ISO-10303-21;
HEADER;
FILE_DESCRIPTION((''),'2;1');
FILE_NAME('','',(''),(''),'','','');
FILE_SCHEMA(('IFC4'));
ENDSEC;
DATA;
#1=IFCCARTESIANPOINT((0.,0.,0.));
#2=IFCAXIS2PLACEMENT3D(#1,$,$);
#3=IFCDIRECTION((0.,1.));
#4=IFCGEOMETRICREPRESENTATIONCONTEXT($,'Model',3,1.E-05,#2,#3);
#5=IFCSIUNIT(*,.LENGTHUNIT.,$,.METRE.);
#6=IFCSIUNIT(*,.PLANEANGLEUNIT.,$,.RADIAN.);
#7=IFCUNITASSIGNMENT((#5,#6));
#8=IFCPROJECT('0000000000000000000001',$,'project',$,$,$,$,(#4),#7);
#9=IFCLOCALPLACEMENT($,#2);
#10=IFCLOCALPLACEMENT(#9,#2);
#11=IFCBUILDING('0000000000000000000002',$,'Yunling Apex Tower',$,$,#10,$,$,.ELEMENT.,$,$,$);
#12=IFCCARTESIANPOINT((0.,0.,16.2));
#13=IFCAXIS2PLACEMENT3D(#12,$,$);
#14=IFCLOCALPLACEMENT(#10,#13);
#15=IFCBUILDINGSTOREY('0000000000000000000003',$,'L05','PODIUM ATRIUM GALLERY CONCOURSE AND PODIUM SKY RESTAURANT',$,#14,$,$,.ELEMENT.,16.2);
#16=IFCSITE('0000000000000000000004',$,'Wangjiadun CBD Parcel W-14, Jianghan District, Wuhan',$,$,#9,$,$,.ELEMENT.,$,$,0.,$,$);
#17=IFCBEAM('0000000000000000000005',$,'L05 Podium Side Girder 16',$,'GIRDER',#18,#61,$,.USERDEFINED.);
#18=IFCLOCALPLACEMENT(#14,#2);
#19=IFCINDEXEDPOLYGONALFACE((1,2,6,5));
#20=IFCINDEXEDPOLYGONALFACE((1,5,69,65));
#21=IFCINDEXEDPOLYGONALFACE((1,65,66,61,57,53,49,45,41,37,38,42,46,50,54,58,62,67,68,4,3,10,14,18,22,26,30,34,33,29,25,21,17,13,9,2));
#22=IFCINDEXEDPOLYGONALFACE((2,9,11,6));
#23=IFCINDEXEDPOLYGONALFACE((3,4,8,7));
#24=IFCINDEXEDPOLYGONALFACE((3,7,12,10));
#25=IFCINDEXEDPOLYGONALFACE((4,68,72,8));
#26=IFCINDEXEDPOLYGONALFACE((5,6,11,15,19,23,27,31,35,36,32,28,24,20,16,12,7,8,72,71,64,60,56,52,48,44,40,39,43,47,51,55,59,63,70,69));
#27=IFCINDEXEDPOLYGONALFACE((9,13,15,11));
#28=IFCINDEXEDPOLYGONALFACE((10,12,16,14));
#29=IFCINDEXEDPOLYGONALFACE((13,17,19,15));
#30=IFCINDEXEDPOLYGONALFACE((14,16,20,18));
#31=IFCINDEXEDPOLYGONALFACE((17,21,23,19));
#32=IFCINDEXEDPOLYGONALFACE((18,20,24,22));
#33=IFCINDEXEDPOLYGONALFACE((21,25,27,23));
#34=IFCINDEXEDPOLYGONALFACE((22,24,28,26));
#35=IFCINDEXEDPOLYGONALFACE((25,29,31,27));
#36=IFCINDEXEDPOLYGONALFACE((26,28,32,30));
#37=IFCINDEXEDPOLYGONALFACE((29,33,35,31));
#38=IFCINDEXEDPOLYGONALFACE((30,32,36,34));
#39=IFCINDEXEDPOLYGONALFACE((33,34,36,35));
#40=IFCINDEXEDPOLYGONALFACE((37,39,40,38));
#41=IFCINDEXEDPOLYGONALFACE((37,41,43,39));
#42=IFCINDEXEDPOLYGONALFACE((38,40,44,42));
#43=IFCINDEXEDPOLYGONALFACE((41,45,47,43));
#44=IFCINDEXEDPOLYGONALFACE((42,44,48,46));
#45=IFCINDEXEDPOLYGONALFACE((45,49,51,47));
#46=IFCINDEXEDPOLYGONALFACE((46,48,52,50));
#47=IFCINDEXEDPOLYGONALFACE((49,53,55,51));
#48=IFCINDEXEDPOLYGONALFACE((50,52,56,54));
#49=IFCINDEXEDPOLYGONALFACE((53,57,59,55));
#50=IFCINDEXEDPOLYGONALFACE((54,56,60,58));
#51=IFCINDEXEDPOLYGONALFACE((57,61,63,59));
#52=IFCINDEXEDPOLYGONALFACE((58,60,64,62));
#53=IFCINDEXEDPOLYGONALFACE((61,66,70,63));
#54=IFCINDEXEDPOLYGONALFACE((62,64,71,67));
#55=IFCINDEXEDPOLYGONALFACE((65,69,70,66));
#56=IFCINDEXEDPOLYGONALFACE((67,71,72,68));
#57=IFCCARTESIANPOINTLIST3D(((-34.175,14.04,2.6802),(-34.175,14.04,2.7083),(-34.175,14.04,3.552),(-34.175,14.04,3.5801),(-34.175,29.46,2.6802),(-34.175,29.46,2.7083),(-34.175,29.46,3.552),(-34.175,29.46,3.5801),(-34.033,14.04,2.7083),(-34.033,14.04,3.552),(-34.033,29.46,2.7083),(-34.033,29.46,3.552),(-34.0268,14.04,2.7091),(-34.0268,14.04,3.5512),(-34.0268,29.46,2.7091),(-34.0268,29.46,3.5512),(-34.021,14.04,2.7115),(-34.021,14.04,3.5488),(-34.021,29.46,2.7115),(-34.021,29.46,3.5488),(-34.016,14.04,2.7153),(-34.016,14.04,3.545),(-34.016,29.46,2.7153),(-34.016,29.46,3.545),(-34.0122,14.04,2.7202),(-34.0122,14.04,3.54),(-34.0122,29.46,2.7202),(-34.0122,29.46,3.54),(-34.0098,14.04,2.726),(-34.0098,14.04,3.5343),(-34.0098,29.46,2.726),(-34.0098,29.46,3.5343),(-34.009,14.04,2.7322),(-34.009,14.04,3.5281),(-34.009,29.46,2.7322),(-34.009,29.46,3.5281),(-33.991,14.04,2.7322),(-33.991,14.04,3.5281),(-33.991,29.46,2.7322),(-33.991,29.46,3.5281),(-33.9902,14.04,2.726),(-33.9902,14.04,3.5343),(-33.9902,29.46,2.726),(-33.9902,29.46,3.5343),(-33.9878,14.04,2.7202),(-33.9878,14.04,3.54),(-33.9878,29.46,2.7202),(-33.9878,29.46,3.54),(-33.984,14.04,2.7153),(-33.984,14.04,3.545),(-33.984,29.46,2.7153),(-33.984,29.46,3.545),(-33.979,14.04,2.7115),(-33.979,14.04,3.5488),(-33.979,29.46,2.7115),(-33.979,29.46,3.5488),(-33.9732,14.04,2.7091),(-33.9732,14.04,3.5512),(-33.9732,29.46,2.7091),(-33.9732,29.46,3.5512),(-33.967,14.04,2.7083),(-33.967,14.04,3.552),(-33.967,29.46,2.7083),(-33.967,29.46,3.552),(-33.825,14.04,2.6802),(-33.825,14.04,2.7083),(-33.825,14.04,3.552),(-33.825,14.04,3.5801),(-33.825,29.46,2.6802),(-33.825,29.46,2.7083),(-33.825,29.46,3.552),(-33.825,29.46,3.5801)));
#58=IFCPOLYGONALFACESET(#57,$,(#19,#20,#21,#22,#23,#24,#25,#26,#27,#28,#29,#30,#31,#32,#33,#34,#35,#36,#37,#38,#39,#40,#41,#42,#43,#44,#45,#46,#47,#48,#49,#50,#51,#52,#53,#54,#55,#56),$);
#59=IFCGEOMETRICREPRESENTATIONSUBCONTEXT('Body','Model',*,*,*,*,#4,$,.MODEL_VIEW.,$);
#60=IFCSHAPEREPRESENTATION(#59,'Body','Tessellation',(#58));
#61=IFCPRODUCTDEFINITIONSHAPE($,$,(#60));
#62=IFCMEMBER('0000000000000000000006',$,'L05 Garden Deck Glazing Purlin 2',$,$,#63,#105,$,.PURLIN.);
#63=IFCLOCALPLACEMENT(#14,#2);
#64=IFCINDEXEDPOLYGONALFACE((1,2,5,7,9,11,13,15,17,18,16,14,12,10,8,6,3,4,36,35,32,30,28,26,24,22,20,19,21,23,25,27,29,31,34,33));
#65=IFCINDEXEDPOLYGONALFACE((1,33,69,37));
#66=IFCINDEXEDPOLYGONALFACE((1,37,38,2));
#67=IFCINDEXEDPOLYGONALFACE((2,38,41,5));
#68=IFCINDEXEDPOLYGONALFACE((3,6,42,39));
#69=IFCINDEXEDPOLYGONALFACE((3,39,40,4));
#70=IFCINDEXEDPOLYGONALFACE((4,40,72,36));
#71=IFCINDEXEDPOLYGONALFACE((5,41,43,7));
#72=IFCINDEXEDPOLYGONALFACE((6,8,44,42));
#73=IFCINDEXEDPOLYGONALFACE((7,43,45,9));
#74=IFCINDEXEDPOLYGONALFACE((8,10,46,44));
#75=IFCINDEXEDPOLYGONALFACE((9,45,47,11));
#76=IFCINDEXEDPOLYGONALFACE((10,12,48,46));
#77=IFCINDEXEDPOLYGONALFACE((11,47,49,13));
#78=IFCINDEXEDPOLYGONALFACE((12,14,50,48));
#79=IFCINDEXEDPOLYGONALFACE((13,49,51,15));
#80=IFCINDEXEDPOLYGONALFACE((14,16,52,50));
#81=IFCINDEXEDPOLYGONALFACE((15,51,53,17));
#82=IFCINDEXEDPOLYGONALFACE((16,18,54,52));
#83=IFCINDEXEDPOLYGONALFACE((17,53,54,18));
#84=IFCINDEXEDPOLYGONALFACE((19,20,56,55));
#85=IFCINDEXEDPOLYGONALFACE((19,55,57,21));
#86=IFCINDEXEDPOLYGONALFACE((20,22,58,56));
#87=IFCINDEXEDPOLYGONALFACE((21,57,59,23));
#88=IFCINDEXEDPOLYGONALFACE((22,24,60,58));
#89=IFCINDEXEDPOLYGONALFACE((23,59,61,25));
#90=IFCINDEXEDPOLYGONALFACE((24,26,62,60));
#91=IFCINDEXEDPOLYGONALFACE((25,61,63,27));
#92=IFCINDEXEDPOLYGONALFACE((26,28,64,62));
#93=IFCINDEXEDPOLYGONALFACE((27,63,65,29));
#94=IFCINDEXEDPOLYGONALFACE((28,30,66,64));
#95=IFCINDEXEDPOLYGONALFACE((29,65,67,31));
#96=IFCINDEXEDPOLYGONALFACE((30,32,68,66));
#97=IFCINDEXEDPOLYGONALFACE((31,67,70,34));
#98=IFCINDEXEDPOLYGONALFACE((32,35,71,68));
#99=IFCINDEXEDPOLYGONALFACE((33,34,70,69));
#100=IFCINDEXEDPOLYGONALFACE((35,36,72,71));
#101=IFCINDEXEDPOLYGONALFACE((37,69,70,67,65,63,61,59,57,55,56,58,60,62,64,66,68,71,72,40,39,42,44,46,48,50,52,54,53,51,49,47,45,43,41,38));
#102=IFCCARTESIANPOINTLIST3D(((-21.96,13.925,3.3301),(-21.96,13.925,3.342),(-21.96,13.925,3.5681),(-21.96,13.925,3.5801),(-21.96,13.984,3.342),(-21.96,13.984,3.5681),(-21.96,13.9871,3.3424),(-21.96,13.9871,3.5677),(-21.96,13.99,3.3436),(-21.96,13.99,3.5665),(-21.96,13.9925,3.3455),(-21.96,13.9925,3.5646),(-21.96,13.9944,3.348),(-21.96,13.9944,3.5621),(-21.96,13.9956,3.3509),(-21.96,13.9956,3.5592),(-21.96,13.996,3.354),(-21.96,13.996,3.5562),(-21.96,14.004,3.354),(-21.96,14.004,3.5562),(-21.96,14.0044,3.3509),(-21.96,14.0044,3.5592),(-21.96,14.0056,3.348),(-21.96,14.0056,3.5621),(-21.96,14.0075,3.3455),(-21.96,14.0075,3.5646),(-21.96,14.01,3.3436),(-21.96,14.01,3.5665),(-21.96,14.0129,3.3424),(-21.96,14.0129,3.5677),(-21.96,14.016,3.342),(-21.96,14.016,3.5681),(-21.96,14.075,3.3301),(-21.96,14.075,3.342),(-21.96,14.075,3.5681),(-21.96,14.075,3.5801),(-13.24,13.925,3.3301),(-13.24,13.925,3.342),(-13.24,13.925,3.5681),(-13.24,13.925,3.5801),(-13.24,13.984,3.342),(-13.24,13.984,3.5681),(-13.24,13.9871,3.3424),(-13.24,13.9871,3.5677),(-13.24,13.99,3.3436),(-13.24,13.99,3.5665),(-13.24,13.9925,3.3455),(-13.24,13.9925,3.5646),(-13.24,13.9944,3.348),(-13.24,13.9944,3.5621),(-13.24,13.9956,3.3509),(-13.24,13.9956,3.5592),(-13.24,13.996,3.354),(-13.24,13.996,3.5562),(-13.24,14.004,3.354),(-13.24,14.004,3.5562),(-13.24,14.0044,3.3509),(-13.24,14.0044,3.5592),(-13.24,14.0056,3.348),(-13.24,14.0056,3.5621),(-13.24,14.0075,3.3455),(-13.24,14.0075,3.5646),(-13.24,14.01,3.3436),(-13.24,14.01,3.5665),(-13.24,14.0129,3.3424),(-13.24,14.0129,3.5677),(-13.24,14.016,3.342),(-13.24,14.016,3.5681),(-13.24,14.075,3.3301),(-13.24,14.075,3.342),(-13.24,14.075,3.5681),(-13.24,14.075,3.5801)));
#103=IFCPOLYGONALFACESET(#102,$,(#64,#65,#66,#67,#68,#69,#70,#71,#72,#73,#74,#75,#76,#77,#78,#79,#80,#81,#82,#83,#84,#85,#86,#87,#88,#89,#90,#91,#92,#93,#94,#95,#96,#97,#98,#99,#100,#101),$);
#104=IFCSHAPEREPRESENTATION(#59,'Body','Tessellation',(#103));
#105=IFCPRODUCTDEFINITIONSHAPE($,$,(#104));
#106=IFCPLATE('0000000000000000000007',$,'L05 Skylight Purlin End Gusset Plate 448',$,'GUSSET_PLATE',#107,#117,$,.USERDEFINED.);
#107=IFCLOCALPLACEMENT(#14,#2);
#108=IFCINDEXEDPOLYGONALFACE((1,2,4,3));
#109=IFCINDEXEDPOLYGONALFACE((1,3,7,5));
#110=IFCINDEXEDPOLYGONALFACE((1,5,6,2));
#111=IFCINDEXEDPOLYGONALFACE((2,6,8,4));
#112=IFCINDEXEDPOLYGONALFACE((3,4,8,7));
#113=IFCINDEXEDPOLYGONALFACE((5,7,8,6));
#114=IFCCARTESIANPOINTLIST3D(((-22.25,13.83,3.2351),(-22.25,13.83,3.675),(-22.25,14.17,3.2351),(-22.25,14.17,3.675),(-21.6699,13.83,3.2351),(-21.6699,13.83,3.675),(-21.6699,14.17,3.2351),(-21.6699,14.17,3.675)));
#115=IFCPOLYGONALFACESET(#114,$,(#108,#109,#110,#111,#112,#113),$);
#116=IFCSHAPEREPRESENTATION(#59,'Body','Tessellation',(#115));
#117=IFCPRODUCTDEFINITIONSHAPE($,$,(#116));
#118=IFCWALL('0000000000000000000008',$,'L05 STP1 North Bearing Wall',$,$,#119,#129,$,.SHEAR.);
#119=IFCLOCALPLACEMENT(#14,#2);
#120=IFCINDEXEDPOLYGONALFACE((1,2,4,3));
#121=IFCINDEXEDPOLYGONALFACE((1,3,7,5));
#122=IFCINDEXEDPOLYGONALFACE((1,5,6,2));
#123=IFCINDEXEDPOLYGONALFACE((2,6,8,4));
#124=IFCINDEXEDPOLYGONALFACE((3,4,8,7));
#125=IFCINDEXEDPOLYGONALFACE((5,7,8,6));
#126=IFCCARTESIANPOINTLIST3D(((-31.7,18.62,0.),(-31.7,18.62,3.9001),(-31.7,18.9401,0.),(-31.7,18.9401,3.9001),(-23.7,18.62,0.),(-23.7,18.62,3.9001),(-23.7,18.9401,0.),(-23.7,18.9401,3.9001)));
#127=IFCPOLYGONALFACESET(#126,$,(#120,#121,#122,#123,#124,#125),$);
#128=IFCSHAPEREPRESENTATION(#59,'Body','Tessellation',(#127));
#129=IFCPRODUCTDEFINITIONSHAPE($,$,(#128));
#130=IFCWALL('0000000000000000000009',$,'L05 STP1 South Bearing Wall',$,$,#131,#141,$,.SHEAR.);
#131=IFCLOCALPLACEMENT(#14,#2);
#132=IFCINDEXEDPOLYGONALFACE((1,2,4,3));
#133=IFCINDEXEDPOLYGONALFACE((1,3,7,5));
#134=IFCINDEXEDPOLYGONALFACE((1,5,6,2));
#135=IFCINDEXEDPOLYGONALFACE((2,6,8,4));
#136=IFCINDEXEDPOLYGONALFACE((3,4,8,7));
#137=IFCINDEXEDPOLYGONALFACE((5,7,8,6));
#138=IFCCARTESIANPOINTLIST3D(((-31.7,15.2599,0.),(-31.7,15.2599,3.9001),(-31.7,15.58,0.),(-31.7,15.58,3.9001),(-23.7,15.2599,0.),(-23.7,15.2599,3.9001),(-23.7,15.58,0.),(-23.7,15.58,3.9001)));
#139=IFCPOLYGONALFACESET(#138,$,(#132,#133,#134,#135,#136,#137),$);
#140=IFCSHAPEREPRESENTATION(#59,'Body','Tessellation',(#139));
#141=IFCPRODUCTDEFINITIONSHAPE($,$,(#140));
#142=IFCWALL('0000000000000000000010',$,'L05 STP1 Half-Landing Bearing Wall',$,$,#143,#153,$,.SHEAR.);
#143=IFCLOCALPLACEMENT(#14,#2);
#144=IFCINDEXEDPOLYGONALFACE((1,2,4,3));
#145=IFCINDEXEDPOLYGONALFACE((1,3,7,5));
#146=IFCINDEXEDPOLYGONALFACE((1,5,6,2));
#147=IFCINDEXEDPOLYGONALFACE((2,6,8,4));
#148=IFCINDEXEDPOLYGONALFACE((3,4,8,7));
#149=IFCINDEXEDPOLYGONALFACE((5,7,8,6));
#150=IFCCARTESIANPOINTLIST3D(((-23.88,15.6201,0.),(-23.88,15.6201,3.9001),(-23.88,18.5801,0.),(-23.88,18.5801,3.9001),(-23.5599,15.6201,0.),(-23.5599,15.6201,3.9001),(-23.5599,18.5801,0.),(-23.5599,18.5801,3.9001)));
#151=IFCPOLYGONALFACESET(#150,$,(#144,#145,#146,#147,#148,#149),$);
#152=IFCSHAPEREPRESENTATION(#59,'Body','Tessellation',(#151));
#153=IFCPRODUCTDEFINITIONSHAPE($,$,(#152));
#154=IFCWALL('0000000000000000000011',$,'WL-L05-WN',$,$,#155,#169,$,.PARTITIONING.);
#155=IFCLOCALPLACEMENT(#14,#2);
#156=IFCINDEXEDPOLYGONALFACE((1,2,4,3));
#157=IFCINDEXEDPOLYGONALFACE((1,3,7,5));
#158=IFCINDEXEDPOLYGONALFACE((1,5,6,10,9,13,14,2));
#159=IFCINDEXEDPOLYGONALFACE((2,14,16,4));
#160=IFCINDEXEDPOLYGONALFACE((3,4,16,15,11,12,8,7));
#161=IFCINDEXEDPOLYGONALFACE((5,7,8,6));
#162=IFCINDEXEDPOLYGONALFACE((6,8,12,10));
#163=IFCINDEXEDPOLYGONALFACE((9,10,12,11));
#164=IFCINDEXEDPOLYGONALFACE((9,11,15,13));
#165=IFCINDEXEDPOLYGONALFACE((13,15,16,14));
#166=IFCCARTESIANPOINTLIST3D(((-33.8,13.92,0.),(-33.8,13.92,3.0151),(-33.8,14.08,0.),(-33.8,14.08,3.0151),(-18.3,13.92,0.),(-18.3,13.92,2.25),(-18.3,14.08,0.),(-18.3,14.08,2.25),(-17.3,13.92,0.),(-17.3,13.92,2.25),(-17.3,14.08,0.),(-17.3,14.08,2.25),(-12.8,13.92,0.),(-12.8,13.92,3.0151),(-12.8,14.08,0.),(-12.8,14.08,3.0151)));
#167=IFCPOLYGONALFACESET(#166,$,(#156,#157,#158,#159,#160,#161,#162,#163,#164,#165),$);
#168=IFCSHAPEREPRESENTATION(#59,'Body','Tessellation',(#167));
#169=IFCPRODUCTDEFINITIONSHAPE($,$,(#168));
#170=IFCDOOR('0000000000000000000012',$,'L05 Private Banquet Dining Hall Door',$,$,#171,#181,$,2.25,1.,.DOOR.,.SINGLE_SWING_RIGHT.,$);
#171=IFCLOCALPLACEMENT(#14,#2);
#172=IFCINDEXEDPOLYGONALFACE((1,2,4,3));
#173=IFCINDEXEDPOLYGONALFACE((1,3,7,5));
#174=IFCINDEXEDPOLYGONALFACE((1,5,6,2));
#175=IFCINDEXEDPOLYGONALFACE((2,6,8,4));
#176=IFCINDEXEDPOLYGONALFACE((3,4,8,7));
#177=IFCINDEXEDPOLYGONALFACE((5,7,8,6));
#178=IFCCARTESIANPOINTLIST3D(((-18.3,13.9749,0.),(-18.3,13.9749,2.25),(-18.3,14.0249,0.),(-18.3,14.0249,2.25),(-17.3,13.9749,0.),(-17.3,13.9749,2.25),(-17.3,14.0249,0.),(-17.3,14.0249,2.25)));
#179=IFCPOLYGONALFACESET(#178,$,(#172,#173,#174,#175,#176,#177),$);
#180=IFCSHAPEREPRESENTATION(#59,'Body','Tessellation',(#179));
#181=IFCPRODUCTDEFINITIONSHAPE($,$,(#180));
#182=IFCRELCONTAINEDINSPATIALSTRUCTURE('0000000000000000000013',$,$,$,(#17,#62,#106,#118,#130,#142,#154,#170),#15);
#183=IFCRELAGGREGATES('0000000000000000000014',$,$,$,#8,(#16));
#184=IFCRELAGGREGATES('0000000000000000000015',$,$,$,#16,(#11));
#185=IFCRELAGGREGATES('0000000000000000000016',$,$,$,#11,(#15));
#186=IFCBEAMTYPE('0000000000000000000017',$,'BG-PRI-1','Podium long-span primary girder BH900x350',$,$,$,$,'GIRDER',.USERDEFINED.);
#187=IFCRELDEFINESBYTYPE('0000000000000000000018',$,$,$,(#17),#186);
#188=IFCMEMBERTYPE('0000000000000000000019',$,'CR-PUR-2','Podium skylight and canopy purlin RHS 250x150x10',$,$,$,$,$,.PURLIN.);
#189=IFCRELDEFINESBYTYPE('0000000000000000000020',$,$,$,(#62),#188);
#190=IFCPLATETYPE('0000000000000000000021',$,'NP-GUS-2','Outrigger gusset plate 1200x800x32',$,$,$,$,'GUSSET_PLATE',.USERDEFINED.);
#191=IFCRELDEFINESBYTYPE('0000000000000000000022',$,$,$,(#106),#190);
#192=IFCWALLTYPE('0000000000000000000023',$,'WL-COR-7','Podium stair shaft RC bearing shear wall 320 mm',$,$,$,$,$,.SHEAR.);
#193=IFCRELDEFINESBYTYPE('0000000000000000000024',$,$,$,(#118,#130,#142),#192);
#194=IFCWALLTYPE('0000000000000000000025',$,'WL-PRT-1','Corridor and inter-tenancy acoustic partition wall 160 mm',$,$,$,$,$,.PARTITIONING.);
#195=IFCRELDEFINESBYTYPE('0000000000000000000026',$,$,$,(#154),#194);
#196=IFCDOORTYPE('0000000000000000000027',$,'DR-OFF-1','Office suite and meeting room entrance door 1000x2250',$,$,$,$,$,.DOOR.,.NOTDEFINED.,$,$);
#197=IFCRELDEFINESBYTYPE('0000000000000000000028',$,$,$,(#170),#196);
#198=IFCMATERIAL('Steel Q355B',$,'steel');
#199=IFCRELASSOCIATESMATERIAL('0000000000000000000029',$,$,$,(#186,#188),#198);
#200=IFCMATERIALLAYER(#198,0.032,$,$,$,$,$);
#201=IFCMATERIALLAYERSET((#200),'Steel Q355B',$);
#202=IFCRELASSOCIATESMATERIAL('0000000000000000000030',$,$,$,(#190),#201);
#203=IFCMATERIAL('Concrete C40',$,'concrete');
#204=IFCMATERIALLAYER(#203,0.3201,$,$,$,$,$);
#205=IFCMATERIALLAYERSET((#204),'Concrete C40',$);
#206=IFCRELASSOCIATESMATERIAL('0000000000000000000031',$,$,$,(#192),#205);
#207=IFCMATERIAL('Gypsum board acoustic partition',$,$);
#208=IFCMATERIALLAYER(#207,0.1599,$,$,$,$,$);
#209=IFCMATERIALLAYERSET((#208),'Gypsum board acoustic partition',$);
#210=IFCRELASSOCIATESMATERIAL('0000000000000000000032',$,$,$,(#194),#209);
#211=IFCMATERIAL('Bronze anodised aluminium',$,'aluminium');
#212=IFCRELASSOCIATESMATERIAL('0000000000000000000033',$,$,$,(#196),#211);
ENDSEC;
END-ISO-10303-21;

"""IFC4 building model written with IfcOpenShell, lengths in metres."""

from ifc_helpers import new_model, si_unit, direction, frame, frame_2d, origin, origin_2d, place, context, subcontext, project, spatial, rectangle, i_section, extrude, source, transform, mapped, material, layer, layer_set, material_profile, profile_set, type_object, element, fill, save


model = new_model("IFC4")

# Units and contexts
model_context = context("Model", 3, precision=1e-05, world=origin(), true_north=direction((0.0, 1.0)))
body_context = subcontext(model_context, "Body", "Model", "MODEL_VIEW")
ifc_project = project(units=[si_unit("LENGTHUNIT", "METRE"), si_unit("PLANEANGLEUNIT", "RADIAN")], contexts=[model_context])

# Site, building, storey
site_placement = place(None, origin())
site = spatial("IfcSite", under=ifc_project, at=site_placement, Name="Wangjiadun CBD Parcel W-14, Jianghan District, Wuhan", CompositionType="ELEMENT", RefElevation=0.0)
building_placement = place(site_placement, origin())
building = spatial("IfcBuilding", under=site, at=building_placement, Name="Yunling Apex Tower", CompositionType="ELEMENT")
storey_placement = place(building_placement, frame((0.0, 0.0, 16.2)))
storey = spatial("IfcBuildingStorey", under=building, at=storey_placement, Name="L05", Description="PODIUM ATRIUM GALLERY CONCOURSE AND PODIUM SKY RESTAURANT", CompositionType="ELEMENT", Elevation=16.2)

# Beam
ifc_material_1 = material(Name="Steel Q355B", Category="steel")
ifc_material_profile_1 = material_profile(ifc_material_1, i_section(OverallWidth=0.3501, OverallDepth=0.8999, WebThickness=0.0181, FlangeThickness=0.0281, FilletRadius=0.0239, at=origin_2d()))
ifc_profile_set_1 = profile_set([ifc_material_profile_1], Name="Steel Q355B")
beam_type_1 = type_object("IfcBeamType", Name="BG-PRI-1", Description="Podium long-span primary girder BH900x350", ElementType="GIRDER", PredefinedType="USERDEFINED", material=ifc_profile_set_1)
shared_shape_1 = source(origin(), body_context, "Body", "SweptSolid", [
    extrude(i_section(OverallWidth=0.3501, OverallDepth=0.8999, WebThickness=0.0181, FlangeThickness=0.0281, FilletRadius=0.0239, at=origin_2d()), origin(), (0.0, 0.0, 1.0), 15.4199),
])
beam_1_placement = place(storey_placement, frame((-34.0, 14.04, 3.1301), z_axis=(0.0, 1.0, 0.0), x_axis=(-1.0, 0.0, 0.0)))
element("IfcBeam", 1, at=beam_1_placement, inside=storey, type_object=beam_type_1, Name="L05 Podium Side Girder 16", ObjectType="GIRDER", PredefinedType="USERDEFINED", context=body_context, shape_type="MappedRepresentation", body=[
    mapped(shared_shape_1, transform((0.0, 0.0, 0.0), scale=1.0)),
])

# Member
ifc_material_profile_2 = material_profile(ifc_material_1, i_section(OverallWidth=0.1499, OverallDepth=0.25, WebThickness=0.0081, FlangeThickness=0.012, FilletRadius=0.012, at=origin_2d()))
ifc_profile_set_2 = profile_set([ifc_material_profile_2], Name="Steel Q355B")
member_type = type_object("IfcMemberType", Name="CR-PUR-2", Description="Podium skylight and canopy purlin RHS 250x150x10", PredefinedType="PURLIN", material=ifc_profile_set_2)
shared_shape_2 = source(origin(), body_context, "Body", "SweptSolid", [
    extrude(i_section(OverallWidth=0.1499, OverallDepth=0.25, WebThickness=0.0081, FlangeThickness=0.012, FilletRadius=0.012, at=origin_2d()), origin(), (0.0, 0.0, 1.0), 8.72),
])
member_placement = place(storey_placement, frame((-21.96, 14.0, 3.4551), z_axis=(1.0, 0.0, 0.0), x_axis=(0.0, 1.0, 0.0)))
element("IfcMember", 2, at=member_placement, inside=storey, type_object=member_type, Name="L05 Garden Deck Glazing Purlin 2", PredefinedType="PURLIN", context=body_context, shape_type="MappedRepresentation", body=[
    mapped(shared_shape_2, transform((0.0, 0.0, 0.0), scale=1.0)),
])

# Plate
ifc_layer_1 = layer(ifc_material_1, 0.032)
ifc_layer_set_1 = layer_set([ifc_layer_1], Name="Steel Q355B")
plate_type = type_object("IfcPlateType", Name="NP-GUS-2", Description="Outrigger gusset plate 1200x800x32", ElementType="GUSSET_PLATE", PredefinedType="USERDEFINED", material=ifc_layer_set_1)
shared_shape_3 = source(origin(), body_context, "Body", "SweptSolid", [
    extrude(rectangle(XDim=0.5801, YDim=0.3401, at=origin_2d()), origin(), (0.0, 0.0, 1.0), 0.4399),
])
plate_placement = place(storey_placement, frame((-21.96, 14.0, 3.2351), z_axis=(0.0, 0.0, 1.0), x_axis=(1.0, 0.0, 0.0)))
element("IfcPlate", 3, at=plate_placement, inside=storey, type_object=plate_type, Name="L05 Skylight Purlin End Gusset Plate 448", ObjectType="GUSSET_PLATE", PredefinedType="USERDEFINED", context=body_context, shape_type="MappedRepresentation", body=[
    mapped(shared_shape_3, transform((0.0, 0.0, 0.0), scale=1.0)),
])

# Walls
ifc_material_2 = material(Name="Concrete C40", Category="concrete")
ifc_layer_2 = layer(ifc_material_2, 0.3201)
ifc_layer_set_2 = layer_set([ifc_layer_2], Name="Concrete C40")
wall_type_1 = type_object("IfcWallType", Name="WL-COR-7", Description="Podium stair shaft RC bearing shear wall 320 mm", PredefinedType="SHEAR", material=ifc_layer_set_2)
for number, where, z_axis, x_axis, name in (
    (4, (-31.7, 18.78, 0.0), (0.0, 0.0, 1.0), (1.0, 0.0, 0.0), "L05 STP1 North Bearing Wall"),
    (5, (-31.7, 15.4199, 0.0), (0.0, 0.0, 1.0), (1.0, 0.0, 0.0), "L05 STP1 South Bearing Wall"),
):
    element("IfcWall", number, at=place(storey_placement, frame(where, z_axis=z_axis, x_axis=x_axis)), inside=storey, type_object=wall_type_1, Name=name, PredefinedType="SHEAR", context=body_context, shape_type="SweptSolid", body=[
        extrude(rectangle(XDim=8.0, YDim=0.3201, at=frame_2d((4.0, 0.0))), origin(), (0.0, 0.0, 1.0), 3.9001),
    ])
wall_1_placement = place(storey_placement, frame((-23.72, 15.6201, 0.0), z_axis=(0.0, 0.0, 1.0), x_axis=(0.0, 1.0, 0.0)))
element("IfcWall", 6, at=wall_1_placement, inside=storey, type_object=wall_type_1, Name="L05 STP1 Half-Landing Bearing Wall", PredefinedType="SHEAR", context=body_context, shape_type="SweptSolid", body=[
    extrude(rectangle(XDim=2.96, YDim=0.3201, at=frame_2d((1.48, 0.0))), origin(), (0.0, 0.0, 1.0), 3.9001),
])

# Wall, opening, door
ifc_material_3 = material(Name="Gypsum board acoustic partition")
ifc_layer_3 = layer(ifc_material_3, 0.1599)
ifc_layer_set_3 = layer_set([ifc_layer_3], Name="Gypsum board acoustic partition")
wall_type_2 = type_object("IfcWallType", Name="WL-PRT-1", Description="Corridor and inter-tenancy acoustic partition wall 160 mm", PredefinedType="PARTITIONING", material=ifc_layer_set_3)
wall_2_placement = place(storey_placement, frame((-33.8, 14.0, 0.0), z_axis=(0.0, 0.0, 1.0), x_axis=(1.0, 0.0, 0.0)))
wall_2 = element("IfcWall", 7, at=wall_2_placement, inside=storey, type_object=wall_type_2, Name="WL-L05-WN", PredefinedType="PARTITIONING", context=body_context, shape_type="SweptSolid", body=[
    extrude(rectangle(XDim=21.0, YDim=0.1599, at=frame_2d((10.5, 0.0))), origin(), (0.0, 0.0, 1.0), 3.0151),
])
opening_1_placement = place(wall_2_placement, frame((15.5, 0.0, 0.0)))
opening_1 = element("IfcOpeningElement", 8, at=opening_1_placement, cuts=wall_2, PredefinedType="OPENING", context=body_context, shape_type="SweptSolid", body=[
    extrude(rectangle(XDim=1.0, YDim=2.25, at=frame_2d((0.5, 1.125))), frame((0.0, 0.0898, 0.0), z_axis=(0.0, -1.0, 0.0), x_axis=(1.0, 0.0, 0.0)), (0.0, 0.0, 1.0), 0.1799),
])
ifc_material_4 = material(Name="Bronze anodised aluminium", Category="aluminium")
door_type_1 = type_object("IfcDoorType", Name="DR-OFF-1", Description="Office suite and meeting room entrance door 1000x2250", OperationType="NOTDEFINED", PredefinedType="DOOR", material=ifc_material_4)
door_1_placement = place(opening_1_placement, origin())
door_1 = element("IfcDoor", 9, at=door_1_placement, inside=storey, type_object=door_type_1, Name="L05 Private Banquet Dining Hall Door", OperationType="SINGLE_SWING_RIGHT", OverallHeight=2.25, OverallWidth=1.0, PredefinedType="DOOR", context=body_context, shape_type="SweptSolid", body=[
    extrude(rectangle(XDim=1.0, YDim=2.25, at=frame_2d((0.5, 1.125))), frame((0.0, 0.0249, 0.0), z_axis=(0.0, -1.0, 0.0), x_axis=(1.0, 0.0, 0.0)), (0.0, 0.0, 1.0), 0.05),
])
fill(opening_1, door_1)

save(model, "model.ifc")
